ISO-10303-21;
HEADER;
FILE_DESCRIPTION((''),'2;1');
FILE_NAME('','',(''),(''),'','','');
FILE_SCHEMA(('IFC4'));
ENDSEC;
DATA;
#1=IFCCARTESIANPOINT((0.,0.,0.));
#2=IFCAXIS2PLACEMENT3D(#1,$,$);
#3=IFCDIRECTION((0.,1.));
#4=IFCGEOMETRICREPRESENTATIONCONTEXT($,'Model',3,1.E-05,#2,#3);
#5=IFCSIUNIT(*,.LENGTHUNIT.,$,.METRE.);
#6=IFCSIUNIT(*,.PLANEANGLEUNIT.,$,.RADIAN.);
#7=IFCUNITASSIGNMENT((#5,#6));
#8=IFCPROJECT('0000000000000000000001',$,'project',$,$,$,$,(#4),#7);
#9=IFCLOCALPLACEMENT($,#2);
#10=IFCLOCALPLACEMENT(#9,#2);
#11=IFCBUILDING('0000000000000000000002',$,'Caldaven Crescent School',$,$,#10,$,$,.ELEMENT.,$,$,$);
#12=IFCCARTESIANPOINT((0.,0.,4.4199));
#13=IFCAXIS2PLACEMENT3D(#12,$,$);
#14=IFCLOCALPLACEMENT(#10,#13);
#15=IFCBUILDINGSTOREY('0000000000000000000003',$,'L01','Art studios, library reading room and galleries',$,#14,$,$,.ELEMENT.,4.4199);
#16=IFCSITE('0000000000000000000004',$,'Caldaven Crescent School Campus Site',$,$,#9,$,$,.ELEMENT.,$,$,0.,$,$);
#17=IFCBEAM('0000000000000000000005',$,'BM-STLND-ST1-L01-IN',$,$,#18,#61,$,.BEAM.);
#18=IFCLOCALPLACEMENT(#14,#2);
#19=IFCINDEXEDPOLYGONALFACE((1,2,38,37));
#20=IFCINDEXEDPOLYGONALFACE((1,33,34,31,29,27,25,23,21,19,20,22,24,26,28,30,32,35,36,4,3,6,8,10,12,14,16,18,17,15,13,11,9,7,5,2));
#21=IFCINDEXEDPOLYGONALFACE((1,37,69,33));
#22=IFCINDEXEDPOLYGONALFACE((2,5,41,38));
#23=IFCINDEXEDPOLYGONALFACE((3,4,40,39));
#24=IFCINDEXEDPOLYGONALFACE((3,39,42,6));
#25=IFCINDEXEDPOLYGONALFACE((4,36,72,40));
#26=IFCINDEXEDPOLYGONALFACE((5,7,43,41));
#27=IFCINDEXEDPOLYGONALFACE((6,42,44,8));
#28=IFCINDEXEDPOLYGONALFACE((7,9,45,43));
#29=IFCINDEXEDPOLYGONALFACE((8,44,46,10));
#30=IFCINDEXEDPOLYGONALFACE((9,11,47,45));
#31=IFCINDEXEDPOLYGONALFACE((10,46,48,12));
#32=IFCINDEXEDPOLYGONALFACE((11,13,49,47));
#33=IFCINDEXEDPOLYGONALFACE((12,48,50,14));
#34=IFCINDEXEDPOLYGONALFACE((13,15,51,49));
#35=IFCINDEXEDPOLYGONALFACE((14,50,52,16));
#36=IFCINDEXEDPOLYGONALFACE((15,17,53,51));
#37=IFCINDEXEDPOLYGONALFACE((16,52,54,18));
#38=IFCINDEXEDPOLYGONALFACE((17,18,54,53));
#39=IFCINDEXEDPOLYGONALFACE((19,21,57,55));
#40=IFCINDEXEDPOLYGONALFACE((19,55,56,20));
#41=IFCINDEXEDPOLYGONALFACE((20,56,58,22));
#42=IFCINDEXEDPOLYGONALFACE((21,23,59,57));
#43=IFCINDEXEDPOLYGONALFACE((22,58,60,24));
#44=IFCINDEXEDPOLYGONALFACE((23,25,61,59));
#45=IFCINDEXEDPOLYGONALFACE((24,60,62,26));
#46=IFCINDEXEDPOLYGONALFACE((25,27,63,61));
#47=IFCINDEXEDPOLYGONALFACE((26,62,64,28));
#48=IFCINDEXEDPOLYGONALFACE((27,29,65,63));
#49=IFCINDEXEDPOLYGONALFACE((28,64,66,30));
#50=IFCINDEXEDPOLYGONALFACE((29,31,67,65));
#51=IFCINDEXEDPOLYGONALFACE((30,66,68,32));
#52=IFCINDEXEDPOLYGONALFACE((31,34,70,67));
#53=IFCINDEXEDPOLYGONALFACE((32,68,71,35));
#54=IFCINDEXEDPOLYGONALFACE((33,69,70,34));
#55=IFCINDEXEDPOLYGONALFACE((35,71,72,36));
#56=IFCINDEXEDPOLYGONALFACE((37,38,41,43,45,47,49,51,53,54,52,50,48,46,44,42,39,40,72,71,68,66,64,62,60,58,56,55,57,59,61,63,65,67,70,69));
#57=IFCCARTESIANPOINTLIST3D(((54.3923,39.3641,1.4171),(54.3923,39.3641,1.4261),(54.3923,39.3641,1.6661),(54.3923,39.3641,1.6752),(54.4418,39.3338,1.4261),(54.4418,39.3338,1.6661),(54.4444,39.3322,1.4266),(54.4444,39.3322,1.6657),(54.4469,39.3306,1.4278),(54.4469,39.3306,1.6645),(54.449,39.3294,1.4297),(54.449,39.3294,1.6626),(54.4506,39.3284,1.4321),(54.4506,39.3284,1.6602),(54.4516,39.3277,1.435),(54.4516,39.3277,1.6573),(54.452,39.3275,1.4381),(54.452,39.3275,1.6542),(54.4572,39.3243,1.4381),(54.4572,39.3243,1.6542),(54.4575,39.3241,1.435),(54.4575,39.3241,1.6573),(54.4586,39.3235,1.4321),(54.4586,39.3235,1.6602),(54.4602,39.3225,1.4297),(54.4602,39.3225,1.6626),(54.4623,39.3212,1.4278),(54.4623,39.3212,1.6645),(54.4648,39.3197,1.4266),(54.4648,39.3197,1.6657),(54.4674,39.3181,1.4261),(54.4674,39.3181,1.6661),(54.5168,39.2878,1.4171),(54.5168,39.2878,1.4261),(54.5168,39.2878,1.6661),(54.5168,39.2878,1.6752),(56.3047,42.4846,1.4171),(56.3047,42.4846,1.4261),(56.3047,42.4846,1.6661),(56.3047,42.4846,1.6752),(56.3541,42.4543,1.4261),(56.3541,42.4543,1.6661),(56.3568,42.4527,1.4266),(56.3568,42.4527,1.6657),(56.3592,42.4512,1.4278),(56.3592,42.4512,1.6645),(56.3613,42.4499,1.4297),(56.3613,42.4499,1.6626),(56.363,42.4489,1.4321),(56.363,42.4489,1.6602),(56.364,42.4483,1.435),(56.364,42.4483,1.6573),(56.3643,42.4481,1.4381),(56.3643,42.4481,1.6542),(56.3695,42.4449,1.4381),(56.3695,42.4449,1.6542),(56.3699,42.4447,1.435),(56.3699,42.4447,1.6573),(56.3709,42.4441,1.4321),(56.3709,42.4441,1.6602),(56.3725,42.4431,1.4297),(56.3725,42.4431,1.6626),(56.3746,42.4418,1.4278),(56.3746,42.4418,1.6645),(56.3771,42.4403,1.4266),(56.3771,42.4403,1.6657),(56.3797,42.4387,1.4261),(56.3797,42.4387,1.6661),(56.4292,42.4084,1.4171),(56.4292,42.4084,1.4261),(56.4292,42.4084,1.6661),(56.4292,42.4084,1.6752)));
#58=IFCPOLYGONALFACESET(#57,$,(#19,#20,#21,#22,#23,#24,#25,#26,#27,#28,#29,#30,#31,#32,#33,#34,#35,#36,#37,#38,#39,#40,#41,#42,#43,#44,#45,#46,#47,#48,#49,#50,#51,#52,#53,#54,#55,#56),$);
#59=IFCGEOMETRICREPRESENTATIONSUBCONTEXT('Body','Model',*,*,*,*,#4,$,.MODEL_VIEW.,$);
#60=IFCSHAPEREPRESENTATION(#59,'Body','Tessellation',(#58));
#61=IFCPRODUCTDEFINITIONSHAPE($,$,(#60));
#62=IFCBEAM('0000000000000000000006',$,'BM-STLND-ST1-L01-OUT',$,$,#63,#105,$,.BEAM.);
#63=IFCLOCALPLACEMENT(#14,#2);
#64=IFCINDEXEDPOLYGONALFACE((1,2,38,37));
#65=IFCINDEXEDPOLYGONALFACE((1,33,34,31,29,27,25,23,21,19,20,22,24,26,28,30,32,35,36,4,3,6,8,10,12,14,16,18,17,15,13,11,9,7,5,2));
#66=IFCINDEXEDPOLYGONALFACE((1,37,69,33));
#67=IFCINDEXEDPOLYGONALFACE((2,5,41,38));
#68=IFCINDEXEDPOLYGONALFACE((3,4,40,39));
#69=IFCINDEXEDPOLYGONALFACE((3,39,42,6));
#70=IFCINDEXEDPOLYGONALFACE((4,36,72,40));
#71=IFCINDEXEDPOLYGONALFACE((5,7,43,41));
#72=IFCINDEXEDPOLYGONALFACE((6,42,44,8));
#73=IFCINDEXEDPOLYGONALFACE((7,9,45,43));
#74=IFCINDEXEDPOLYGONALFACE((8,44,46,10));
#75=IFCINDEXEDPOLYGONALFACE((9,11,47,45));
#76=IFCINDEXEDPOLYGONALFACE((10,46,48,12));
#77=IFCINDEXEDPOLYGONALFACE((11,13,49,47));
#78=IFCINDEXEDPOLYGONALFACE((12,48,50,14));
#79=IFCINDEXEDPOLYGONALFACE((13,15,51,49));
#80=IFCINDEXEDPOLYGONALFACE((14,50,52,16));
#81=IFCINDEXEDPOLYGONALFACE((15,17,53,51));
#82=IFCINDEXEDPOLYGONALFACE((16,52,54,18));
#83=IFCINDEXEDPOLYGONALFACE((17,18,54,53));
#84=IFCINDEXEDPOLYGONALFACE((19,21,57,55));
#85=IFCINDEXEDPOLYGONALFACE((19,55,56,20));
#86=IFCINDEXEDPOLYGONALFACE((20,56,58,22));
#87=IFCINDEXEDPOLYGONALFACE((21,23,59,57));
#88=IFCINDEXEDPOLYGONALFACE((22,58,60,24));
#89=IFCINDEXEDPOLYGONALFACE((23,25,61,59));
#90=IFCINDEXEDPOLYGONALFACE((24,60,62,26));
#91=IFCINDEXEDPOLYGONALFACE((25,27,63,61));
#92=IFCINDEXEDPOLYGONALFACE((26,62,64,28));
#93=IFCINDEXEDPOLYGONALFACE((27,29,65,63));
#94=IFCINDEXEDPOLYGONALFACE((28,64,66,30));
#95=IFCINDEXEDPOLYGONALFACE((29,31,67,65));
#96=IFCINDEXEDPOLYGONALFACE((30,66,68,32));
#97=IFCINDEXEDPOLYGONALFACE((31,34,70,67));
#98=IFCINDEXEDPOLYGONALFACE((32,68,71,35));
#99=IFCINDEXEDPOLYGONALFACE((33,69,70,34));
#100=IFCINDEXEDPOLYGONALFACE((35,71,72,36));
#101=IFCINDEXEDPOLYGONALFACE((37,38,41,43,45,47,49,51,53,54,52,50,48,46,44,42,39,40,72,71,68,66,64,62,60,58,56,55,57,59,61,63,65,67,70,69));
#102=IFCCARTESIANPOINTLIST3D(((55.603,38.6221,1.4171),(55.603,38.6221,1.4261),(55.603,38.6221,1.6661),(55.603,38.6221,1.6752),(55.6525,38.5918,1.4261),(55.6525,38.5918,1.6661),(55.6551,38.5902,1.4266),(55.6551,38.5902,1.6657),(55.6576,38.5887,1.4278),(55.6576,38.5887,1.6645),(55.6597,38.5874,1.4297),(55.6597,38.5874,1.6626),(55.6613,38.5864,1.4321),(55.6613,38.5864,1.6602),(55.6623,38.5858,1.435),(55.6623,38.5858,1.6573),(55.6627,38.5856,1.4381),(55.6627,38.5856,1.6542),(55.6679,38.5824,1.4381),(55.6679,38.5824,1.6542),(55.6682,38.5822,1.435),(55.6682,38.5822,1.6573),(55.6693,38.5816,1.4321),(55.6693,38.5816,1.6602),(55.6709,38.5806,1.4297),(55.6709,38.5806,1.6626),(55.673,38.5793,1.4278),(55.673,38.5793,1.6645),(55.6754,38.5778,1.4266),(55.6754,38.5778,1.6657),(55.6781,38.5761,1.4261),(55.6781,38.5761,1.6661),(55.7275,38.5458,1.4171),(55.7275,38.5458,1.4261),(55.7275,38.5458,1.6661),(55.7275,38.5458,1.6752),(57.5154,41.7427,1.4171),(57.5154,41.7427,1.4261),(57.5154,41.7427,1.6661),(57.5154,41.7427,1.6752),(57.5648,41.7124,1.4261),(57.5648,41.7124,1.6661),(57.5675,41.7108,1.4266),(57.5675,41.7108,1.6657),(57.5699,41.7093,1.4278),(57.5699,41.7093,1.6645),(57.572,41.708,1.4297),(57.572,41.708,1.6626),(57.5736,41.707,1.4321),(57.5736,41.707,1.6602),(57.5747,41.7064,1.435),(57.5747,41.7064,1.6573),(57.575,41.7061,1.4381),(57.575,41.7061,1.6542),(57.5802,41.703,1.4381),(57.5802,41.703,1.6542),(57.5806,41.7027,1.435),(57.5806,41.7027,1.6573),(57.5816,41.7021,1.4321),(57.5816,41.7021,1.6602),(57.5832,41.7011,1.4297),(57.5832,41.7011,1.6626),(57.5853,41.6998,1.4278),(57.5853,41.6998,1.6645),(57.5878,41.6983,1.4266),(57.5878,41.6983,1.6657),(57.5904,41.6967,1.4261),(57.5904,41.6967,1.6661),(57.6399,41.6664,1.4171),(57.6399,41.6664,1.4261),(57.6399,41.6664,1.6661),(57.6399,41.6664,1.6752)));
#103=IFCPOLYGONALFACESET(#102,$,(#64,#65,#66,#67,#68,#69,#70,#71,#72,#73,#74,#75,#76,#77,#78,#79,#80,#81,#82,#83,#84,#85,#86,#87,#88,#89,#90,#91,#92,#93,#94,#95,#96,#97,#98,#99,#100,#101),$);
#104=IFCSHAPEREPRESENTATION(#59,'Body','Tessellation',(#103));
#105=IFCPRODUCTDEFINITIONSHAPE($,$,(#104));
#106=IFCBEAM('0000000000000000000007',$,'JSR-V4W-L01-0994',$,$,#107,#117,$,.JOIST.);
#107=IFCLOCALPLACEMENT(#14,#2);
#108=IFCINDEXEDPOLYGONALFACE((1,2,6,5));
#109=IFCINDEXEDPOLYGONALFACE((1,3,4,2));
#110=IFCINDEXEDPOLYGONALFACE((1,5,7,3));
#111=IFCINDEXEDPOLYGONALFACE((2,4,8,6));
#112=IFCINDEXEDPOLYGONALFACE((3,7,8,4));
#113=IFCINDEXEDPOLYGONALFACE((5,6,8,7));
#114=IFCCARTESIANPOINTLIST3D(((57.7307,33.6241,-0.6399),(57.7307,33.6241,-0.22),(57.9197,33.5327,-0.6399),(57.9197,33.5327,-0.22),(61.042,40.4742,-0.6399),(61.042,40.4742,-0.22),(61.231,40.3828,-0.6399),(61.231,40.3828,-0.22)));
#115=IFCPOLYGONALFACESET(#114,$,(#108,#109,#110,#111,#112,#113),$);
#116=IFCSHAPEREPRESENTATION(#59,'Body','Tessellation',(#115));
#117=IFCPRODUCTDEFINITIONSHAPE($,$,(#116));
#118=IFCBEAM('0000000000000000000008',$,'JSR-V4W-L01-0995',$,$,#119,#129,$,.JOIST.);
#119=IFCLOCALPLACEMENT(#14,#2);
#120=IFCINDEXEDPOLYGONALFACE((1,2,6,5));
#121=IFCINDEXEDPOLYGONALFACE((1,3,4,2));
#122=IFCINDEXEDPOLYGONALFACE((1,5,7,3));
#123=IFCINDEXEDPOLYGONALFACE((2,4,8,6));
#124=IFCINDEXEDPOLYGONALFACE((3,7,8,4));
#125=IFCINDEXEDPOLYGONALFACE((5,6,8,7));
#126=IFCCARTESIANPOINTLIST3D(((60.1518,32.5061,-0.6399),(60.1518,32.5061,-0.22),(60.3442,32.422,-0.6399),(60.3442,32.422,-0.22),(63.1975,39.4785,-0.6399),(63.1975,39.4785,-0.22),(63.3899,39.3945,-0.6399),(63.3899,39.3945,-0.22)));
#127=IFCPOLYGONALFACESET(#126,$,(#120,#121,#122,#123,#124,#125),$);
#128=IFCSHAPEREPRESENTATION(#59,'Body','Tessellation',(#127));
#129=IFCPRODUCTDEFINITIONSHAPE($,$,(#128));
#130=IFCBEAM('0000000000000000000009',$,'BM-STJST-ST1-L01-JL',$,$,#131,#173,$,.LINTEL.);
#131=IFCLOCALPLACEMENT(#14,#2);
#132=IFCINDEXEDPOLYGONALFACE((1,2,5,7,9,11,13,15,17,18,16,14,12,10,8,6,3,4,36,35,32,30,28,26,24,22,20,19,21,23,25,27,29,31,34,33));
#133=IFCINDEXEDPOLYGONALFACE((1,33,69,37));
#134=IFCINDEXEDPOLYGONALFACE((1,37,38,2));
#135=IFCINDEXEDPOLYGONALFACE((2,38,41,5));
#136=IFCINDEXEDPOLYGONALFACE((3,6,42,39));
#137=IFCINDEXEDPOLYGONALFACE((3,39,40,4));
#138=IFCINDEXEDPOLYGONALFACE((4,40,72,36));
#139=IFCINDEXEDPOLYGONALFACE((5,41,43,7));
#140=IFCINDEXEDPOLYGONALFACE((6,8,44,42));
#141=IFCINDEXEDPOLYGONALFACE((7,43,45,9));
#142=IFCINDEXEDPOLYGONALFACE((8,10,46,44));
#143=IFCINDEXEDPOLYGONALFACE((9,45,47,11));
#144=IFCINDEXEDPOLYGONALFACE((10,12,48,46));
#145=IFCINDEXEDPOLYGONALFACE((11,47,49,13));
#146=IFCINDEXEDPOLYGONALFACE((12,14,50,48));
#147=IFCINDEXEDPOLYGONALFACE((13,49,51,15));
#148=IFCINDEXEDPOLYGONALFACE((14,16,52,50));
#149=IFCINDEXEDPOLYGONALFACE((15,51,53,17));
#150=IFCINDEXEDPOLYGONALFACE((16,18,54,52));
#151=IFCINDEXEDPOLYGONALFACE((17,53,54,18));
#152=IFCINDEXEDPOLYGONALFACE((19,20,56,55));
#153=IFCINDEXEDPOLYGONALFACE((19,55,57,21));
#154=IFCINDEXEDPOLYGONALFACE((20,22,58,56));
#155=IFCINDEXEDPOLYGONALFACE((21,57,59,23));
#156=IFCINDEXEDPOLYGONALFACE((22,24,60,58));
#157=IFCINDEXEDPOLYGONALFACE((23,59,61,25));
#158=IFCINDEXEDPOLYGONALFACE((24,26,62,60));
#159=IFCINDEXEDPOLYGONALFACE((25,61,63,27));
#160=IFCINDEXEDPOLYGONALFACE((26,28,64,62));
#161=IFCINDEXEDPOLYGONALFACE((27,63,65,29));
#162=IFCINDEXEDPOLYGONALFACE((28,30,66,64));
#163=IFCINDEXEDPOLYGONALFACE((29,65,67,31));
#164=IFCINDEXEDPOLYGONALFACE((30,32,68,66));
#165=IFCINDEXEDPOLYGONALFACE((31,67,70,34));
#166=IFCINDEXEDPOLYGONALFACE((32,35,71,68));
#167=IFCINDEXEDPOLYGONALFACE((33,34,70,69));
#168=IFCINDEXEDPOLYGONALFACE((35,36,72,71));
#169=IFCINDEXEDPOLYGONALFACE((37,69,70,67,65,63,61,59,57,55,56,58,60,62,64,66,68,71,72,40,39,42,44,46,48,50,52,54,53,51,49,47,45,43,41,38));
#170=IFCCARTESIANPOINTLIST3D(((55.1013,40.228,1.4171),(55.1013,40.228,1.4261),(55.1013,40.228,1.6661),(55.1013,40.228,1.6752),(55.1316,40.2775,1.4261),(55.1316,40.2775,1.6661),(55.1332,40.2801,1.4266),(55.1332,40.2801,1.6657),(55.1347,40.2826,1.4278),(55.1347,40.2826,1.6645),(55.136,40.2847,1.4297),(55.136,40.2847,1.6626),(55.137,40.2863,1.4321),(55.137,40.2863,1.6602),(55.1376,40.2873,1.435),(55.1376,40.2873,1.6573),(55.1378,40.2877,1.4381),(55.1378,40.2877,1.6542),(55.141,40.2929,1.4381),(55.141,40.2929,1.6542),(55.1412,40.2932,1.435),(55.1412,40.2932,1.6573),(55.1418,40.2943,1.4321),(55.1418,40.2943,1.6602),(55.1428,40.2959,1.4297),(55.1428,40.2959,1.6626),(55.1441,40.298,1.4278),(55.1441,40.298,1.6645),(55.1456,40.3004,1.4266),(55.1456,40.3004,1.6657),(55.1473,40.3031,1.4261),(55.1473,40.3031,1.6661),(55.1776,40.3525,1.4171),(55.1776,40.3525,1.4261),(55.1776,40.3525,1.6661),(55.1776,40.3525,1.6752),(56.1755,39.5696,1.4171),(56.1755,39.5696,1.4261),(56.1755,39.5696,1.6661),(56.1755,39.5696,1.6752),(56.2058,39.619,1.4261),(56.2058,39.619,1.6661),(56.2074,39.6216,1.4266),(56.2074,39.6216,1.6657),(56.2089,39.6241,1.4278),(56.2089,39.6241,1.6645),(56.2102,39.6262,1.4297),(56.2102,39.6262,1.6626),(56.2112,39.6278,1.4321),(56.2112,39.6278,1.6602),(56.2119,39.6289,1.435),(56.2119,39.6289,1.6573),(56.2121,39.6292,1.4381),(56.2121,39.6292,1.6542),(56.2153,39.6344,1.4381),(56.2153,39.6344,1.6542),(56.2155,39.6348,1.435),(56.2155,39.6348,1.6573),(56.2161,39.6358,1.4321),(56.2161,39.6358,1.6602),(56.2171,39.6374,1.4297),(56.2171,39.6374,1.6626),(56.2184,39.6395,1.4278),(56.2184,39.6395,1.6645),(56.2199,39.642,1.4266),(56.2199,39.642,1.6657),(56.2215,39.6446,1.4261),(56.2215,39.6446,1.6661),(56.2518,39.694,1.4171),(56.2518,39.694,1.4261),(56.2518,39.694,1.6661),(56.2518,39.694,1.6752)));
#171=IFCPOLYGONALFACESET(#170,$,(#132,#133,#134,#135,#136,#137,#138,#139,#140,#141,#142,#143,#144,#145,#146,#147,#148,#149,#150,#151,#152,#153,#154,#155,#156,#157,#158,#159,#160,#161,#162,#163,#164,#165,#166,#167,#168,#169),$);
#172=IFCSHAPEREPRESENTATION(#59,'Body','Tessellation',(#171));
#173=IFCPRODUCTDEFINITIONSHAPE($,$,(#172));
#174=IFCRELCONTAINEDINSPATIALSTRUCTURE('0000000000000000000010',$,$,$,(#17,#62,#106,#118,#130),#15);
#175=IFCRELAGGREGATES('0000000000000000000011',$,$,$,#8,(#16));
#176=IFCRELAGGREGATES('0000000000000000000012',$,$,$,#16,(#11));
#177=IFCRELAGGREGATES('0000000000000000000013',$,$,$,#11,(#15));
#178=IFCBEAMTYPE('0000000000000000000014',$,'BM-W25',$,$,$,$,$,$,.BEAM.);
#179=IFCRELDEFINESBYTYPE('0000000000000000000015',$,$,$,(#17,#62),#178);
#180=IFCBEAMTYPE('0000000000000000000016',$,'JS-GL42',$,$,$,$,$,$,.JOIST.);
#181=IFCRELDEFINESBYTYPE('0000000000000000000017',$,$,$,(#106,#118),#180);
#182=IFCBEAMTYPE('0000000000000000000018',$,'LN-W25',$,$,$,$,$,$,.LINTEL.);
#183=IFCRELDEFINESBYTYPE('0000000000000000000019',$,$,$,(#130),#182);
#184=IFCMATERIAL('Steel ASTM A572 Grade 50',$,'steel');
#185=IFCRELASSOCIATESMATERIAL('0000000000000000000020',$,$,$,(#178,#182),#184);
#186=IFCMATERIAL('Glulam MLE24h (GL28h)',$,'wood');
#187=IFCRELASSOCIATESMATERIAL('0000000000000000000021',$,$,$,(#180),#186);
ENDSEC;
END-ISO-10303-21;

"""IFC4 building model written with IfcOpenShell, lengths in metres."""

from ifc_helpers import new_model, si_unit, direction, frame, origin, origin_2d, place, context, subcontext, project, spatial, rectangle, i_section, extrude, material, material_profile, profile_set, type_object, element, save


model = new_model("IFC4")

# Units and contexts
model_context = context("Model", 3, precision=1e-05, world=origin(), true_north=direction((0.0, 1.0)))
body_context = subcontext(model_context, "Body", "Model", "MODEL_VIEW")
ifc_project = project(units=[si_unit("LENGTHUNIT", "METRE"), si_unit("PLANEANGLEUNIT", "RADIAN")], contexts=[model_context])

# Site, building, storey
site_placement = place(None, origin())
site = spatial("IfcSite", under=ifc_project, at=site_placement, Name="Caldaven Crescent School Campus Site", CompositionType="ELEMENT", RefElevation=0.0)
building_placement = place(site_placement, origin())
building = spatial("IfcBuilding", under=site, at=building_placement, Name="Caldaven Crescent School", CompositionType="ELEMENT")
storey_placement = place(building_placement, frame((0.0, 0.0, 4.4199)))
storey = spatial("IfcBuildingStorey", under=building, at=storey_placement, Name="L01", Description="Art studios, library reading room and galleries", CompositionType="ELEMENT", Elevation=4.4199)

# Shared definitions
ifc_material_1 = material(Name="Glulam MLE24h (GL28h)", Category="wood")
ifc_material_2 = material(Name="Steel ASTM A572 Grade 50", Category="steel")

# Beams
ifc_material_profile_1 = material_profile(ifc_material_2, i_section(OverallWidth=0.146, OverallDepth=0.2581, WebThickness=0.0061, FlangeThickness=0.009, FilletRadius=0.012, at=origin_2d()), Name="W250x33")
ifc_profile_set_1 = profile_set([ifc_material_profile_1], Name="Steel ASTM A572 Grade 50")
beam_type_1 = type_object("IfcBeamType", Name="BM-W25", PredefinedType="BEAM", material=ifc_profile_set_1)
for number, where, z_axis, x_axis, name in (
    (1, (54.4546, 39.3259, 1.5461), (0.522507, 0.852635, 0.0), (-0.852635, 0.522507, 0.0), "BM-STLND-ST1-L01-IN"),
    (2, (55.6653, 38.584, 1.5461), (0.522507, 0.852635, 0.0), (-0.852635, 0.522507, 0.0), "BM-STLND-ST1-L01-OUT"),
):
    element("IfcBeam", number, at=place(storey_placement, frame(where, z_axis=z_axis, x_axis=x_axis)), inside=storey, type_object=beam_type_1, Name=name, PredefinedType="BEAM", context=body_context, shape_type="SweptSolid", body=[
        extrude(i_section(OverallWidth=0.146, OverallDepth=0.2581, WebThickness=0.0061, FlangeThickness=0.009, FilletRadius=0.012, at=origin_2d()), origin(), (0.0, 0.0, 1.0), 3.6599),
    ])
ifc_material_profile_2 = material_profile(ifc_material_1, rectangle(XDim=0.21, YDim=0.4199, at=origin_2d()), Name="MLE 210x420")
ifc_profile_set_2 = profile_set([ifc_material_profile_2], Name="Glulam MLE24h (GL28h)")
beam_type_2 = type_object("IfcBeamType", Name="JS-GL42", PredefinedType="JOIST", material=ifc_profile_set_2)
beam_1_placement = place(storey_placement, frame((61.1365, 40.4285, -0.4299), z_axis=(-0.435211, -0.900328, 0.0), x_axis=(0.900328, -0.435211, 0.0)))
element("IfcBeam", 3, at=beam_1_placement, inside=storey, type_object=beam_type_2, Name="JSR-V4W-L01-0994", PredefinedType="JOIST", context=body_context, shape_type="SweptSolid", body=[
    extrude(rectangle(XDim=0.21, YDim=0.4199, at=origin_2d()), origin(), (0.0, 0.0, 1.0), 7.6084),
])
beam_2_placement = place(storey_placement, frame((63.2937, 39.4365, -0.4299), z_axis=(-0.400292, -0.916388, 0.0), x_axis=(0.916388, -0.400292, 0.0)))
element("IfcBeam", 4, at=beam_2_placement, inside=storey, type_object=beam_type_2, Name="JSR-V4W-L01-0995", PredefinedType="JOIST", context=body_context, shape_type="SweptSolid", body=[
    extrude(rectangle(XDim=0.21, YDim=0.4199, at=origin_2d()), origin(), (0.0, 0.0, 1.0), 7.6086),
])
ifc_material_profile_3 = material_profile(ifc_material_2, i_section(OverallWidth=0.146, OverallDepth=0.2581, WebThickness=0.0061, FlangeThickness=0.009, FilletRadius=0.012, at=origin_2d()), Name="W250x33")
ifc_profile_set_3 = profile_set([ifc_material_profile_3], Name="Steel ASTM A572 Grade 50")
beam_type_3 = type_object("IfcBeamType", Name="LN-W25", PredefinedType="LINTEL", material=ifc_profile_set_3)
beam_3_placement = place(storey_placement, frame((55.1394, 40.2903, 1.5461), z_axis=(0.852582, -0.522594, 0.0), x_axis=(0.522594, 0.852582, 0.0)))
element("IfcBeam", 5, at=beam_3_placement, inside=storey, type_object=beam_type_3, Name="BM-STJST-ST1-L01-JL", PredefinedType="LINTEL", context=body_context, shape_type="SweptSolid", body=[
    extrude(i_section(OverallWidth=0.146, OverallDepth=0.2581, WebThickness=0.0061, FlangeThickness=0.009, FilletRadius=0.012, at=origin_2d()), origin(), (0.0, 0.0, 1.0), 1.26),
])

save(model, "model.ifc")
